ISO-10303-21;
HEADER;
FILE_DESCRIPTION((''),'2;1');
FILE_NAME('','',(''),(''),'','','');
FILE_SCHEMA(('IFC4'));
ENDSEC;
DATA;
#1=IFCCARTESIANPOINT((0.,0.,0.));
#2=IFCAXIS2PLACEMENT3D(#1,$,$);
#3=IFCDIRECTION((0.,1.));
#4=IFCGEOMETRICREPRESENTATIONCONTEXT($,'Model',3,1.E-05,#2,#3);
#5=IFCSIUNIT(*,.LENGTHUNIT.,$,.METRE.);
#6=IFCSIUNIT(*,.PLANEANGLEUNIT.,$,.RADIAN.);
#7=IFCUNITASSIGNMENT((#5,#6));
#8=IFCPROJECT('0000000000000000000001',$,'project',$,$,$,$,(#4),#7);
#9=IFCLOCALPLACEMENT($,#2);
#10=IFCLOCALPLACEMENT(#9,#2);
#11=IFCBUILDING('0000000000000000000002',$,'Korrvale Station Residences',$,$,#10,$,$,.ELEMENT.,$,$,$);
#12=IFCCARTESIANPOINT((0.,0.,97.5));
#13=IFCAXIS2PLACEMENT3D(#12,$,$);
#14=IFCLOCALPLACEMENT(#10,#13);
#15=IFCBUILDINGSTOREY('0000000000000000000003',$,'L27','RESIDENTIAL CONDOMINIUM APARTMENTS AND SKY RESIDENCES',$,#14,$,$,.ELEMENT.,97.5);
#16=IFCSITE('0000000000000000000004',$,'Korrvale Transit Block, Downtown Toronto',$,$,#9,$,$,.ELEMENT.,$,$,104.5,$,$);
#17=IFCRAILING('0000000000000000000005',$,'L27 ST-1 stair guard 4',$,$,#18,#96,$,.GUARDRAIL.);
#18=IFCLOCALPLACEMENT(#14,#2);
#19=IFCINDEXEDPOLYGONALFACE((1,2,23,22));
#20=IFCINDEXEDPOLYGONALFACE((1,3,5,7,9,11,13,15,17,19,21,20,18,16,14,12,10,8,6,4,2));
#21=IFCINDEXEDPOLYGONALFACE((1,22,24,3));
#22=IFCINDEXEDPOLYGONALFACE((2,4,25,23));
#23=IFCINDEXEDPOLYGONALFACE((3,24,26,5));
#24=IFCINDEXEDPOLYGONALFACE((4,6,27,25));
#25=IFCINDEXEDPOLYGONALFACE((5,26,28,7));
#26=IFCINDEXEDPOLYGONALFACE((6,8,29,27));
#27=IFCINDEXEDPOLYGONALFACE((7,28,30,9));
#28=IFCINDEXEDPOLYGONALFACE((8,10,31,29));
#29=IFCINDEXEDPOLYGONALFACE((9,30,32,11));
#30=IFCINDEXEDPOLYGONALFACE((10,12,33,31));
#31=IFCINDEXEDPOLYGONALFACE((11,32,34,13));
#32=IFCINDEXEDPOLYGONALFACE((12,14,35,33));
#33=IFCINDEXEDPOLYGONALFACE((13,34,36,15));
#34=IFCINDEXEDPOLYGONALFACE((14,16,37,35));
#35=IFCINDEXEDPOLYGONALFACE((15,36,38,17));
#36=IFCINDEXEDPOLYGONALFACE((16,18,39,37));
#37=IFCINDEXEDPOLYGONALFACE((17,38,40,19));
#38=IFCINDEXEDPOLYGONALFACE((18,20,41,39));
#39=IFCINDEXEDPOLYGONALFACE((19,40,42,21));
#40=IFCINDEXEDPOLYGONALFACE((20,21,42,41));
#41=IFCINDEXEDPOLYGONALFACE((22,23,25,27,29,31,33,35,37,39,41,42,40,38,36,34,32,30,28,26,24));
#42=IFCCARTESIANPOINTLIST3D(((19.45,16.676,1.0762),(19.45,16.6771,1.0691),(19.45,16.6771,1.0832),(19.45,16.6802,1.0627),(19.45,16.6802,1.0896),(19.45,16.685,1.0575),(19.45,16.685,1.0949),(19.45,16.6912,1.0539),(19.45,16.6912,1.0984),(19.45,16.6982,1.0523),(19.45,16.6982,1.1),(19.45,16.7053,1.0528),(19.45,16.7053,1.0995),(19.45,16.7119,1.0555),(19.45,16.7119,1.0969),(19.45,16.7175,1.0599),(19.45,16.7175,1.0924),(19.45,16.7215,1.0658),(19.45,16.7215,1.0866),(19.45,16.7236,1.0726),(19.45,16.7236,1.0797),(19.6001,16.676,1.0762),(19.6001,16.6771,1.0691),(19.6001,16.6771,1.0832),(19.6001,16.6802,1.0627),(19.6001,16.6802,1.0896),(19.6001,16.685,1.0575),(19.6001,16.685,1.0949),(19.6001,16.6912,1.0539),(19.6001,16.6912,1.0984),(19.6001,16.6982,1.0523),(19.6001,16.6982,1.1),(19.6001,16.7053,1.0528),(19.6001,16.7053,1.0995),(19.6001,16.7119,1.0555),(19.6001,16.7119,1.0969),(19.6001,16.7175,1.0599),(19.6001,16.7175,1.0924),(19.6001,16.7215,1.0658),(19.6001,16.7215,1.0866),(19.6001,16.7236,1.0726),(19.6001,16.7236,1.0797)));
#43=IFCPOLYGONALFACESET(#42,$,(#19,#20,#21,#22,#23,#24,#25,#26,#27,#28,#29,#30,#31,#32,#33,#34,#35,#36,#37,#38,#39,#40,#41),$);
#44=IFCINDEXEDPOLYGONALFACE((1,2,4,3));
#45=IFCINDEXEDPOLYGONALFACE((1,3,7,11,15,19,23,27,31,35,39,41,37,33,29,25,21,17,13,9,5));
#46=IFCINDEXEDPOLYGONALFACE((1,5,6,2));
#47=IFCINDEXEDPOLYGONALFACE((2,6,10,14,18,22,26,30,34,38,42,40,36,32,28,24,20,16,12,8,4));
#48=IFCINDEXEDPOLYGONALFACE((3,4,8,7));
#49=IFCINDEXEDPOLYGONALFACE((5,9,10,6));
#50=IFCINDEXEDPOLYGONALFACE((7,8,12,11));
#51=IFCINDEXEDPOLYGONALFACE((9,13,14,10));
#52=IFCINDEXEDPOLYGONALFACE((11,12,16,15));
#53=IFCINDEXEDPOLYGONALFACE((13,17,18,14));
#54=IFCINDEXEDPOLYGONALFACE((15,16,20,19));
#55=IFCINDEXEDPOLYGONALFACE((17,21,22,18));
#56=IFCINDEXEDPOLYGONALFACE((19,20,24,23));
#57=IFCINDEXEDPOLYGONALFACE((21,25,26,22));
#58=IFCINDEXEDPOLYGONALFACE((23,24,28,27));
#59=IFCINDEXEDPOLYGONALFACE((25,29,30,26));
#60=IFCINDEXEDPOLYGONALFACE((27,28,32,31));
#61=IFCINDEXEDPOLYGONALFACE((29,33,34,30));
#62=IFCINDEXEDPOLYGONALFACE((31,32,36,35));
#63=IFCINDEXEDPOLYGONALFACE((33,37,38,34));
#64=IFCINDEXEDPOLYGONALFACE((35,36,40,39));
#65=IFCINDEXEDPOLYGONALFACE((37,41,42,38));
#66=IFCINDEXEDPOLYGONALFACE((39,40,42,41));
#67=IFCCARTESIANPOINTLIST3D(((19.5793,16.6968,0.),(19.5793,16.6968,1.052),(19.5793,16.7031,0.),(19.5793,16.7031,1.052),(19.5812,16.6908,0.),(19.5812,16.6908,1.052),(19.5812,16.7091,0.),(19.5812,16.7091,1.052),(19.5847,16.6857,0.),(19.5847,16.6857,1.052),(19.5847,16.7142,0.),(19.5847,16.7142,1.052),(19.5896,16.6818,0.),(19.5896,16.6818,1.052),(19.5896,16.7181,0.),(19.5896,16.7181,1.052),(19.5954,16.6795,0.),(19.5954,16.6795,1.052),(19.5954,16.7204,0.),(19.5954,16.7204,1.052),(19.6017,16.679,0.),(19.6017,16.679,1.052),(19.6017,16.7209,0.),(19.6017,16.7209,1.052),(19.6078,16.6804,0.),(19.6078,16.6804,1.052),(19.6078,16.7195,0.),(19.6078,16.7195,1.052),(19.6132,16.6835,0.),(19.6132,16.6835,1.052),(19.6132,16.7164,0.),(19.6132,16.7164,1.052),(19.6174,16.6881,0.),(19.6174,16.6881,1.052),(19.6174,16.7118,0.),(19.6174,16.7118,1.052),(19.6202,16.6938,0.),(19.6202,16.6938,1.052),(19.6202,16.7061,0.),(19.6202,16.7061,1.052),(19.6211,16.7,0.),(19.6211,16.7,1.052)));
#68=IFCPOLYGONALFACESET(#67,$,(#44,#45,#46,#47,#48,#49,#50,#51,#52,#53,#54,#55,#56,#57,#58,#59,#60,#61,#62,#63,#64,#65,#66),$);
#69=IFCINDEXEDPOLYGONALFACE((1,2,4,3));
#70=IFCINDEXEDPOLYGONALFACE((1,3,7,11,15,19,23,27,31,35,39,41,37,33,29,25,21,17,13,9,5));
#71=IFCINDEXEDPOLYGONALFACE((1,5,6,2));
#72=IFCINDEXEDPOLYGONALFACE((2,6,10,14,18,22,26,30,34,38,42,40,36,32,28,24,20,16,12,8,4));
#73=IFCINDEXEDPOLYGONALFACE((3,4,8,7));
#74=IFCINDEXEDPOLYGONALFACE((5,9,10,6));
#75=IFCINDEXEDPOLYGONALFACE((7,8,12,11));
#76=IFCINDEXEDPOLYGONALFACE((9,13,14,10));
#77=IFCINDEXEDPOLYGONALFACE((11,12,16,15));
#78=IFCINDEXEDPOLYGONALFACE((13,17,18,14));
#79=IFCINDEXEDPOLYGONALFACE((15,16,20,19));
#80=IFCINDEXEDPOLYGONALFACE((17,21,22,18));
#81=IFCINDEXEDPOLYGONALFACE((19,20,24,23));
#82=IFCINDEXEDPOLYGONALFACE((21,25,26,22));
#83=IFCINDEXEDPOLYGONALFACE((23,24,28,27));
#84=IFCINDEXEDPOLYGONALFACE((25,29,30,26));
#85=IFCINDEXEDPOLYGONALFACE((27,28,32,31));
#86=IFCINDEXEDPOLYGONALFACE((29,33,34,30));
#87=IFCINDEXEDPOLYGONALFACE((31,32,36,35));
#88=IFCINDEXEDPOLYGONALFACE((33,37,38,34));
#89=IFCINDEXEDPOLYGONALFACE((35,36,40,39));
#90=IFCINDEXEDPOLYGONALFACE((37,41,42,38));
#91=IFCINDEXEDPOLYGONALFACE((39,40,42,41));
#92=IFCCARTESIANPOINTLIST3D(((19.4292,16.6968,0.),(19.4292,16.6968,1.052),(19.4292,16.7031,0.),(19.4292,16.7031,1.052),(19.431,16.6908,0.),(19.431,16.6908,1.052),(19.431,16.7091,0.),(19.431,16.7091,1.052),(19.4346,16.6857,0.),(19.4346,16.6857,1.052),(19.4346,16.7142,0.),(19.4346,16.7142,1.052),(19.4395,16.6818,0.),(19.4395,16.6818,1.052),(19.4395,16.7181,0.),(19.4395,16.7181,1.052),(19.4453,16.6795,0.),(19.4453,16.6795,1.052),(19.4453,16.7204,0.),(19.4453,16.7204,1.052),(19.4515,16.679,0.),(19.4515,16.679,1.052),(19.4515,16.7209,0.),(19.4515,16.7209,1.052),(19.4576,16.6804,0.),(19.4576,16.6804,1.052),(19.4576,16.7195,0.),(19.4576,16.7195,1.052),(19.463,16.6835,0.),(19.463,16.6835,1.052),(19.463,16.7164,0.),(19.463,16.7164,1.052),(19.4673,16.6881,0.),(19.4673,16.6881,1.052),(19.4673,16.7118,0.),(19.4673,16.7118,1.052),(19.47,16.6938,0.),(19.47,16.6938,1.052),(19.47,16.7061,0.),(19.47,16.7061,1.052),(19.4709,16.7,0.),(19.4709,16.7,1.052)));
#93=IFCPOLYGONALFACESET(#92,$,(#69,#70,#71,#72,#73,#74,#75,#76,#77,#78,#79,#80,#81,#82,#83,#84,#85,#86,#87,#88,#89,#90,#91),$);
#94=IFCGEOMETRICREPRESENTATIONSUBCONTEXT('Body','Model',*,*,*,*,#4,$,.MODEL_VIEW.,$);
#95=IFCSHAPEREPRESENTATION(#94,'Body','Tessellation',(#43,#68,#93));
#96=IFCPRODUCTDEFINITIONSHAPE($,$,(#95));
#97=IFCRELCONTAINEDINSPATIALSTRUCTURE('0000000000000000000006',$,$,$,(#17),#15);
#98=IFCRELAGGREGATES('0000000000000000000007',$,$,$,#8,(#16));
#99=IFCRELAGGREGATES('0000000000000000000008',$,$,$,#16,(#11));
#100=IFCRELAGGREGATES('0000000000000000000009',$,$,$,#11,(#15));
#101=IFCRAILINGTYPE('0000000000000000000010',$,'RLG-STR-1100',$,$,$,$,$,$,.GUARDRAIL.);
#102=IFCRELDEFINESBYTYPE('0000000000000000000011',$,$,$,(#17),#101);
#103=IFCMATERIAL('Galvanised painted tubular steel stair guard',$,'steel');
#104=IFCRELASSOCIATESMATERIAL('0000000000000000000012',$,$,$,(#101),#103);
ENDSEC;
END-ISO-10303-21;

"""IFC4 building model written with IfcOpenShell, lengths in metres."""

from ifc_helpers import new_model, si_unit, direction, frame, origin, origin_2d, place, context, subcontext, project, spatial, circle, extrude, material, type_object, element, save


model = new_model("IFC4")

# Units and contexts
model_context = context("Model", 3, precision=1e-05, world=origin(), true_north=direction((0.0, 1.0)))
body_context = subcontext(model_context, "Body", "Model", "MODEL_VIEW")
ifc_project = project(units=[si_unit("LENGTHUNIT", "METRE"), si_unit("PLANEANGLEUNIT", "RADIAN")], contexts=[model_context])

# Site, building, storey
site_placement = place(None, origin())
site = spatial("IfcSite", under=ifc_project, at=site_placement, Name="Korrvale Transit Block, Downtown Toronto", CompositionType="ELEMENT", RefElevation=104.5)
building_placement = place(site_placement, origin())
building = spatial("IfcBuilding", under=site, at=building_placement, Name="Korrvale Station Residences", CompositionType="ELEMENT")
storey_placement = place(building_placement, frame((0.0, 0.0, 97.5)))
storey = spatial("IfcBuildingStorey", under=building, at=storey_placement, Name="L27", Description="RESIDENTIAL CONDOMINIUM APARTMENTS AND SKY RESIDENCES", CompositionType="ELEMENT", Elevation=97.5)

# Railing
ifc_material_1 = material(Name="Galvanised painted tubular steel stair guard", Category="steel")
railing_type_1 = type_object("IfcRailingType", Name="RLG-STR-1100", PredefinedType="GUARDRAIL", material=ifc_material_1)
railing_1_placement = place(storey_placement, frame((19.6001, 16.7, 0.0)))
element("IfcRailing", 1, at=railing_1_placement, inside=storey, type_object=railing_type_1, Name="L27 ST-1 stair guard 4", PredefinedType="GUARDRAIL", context=body_context, shape_type="SweptSolid", body=[
    extrude(circle(Radius=0.0239, at=origin_2d()), frame((0.0, 0.0, 1.0762), z_axis=(-1.0, 0.0, 0.0), x_axis=(0.0, -1.0, 0.0)), (0.0, 0.0, 1.0), 0.1501),
    extrude(circle(Radius=0.021, at=origin_2d()), origin(), (0.0, 0.0, 1.0), 1.052),
    extrude(circle(Radius=0.021, at=origin_2d()), frame((-0.1501, 0.0, 0.0)), (0.0, 0.0, 1.0), 1.052),
])

save(model, "model.ifc")
